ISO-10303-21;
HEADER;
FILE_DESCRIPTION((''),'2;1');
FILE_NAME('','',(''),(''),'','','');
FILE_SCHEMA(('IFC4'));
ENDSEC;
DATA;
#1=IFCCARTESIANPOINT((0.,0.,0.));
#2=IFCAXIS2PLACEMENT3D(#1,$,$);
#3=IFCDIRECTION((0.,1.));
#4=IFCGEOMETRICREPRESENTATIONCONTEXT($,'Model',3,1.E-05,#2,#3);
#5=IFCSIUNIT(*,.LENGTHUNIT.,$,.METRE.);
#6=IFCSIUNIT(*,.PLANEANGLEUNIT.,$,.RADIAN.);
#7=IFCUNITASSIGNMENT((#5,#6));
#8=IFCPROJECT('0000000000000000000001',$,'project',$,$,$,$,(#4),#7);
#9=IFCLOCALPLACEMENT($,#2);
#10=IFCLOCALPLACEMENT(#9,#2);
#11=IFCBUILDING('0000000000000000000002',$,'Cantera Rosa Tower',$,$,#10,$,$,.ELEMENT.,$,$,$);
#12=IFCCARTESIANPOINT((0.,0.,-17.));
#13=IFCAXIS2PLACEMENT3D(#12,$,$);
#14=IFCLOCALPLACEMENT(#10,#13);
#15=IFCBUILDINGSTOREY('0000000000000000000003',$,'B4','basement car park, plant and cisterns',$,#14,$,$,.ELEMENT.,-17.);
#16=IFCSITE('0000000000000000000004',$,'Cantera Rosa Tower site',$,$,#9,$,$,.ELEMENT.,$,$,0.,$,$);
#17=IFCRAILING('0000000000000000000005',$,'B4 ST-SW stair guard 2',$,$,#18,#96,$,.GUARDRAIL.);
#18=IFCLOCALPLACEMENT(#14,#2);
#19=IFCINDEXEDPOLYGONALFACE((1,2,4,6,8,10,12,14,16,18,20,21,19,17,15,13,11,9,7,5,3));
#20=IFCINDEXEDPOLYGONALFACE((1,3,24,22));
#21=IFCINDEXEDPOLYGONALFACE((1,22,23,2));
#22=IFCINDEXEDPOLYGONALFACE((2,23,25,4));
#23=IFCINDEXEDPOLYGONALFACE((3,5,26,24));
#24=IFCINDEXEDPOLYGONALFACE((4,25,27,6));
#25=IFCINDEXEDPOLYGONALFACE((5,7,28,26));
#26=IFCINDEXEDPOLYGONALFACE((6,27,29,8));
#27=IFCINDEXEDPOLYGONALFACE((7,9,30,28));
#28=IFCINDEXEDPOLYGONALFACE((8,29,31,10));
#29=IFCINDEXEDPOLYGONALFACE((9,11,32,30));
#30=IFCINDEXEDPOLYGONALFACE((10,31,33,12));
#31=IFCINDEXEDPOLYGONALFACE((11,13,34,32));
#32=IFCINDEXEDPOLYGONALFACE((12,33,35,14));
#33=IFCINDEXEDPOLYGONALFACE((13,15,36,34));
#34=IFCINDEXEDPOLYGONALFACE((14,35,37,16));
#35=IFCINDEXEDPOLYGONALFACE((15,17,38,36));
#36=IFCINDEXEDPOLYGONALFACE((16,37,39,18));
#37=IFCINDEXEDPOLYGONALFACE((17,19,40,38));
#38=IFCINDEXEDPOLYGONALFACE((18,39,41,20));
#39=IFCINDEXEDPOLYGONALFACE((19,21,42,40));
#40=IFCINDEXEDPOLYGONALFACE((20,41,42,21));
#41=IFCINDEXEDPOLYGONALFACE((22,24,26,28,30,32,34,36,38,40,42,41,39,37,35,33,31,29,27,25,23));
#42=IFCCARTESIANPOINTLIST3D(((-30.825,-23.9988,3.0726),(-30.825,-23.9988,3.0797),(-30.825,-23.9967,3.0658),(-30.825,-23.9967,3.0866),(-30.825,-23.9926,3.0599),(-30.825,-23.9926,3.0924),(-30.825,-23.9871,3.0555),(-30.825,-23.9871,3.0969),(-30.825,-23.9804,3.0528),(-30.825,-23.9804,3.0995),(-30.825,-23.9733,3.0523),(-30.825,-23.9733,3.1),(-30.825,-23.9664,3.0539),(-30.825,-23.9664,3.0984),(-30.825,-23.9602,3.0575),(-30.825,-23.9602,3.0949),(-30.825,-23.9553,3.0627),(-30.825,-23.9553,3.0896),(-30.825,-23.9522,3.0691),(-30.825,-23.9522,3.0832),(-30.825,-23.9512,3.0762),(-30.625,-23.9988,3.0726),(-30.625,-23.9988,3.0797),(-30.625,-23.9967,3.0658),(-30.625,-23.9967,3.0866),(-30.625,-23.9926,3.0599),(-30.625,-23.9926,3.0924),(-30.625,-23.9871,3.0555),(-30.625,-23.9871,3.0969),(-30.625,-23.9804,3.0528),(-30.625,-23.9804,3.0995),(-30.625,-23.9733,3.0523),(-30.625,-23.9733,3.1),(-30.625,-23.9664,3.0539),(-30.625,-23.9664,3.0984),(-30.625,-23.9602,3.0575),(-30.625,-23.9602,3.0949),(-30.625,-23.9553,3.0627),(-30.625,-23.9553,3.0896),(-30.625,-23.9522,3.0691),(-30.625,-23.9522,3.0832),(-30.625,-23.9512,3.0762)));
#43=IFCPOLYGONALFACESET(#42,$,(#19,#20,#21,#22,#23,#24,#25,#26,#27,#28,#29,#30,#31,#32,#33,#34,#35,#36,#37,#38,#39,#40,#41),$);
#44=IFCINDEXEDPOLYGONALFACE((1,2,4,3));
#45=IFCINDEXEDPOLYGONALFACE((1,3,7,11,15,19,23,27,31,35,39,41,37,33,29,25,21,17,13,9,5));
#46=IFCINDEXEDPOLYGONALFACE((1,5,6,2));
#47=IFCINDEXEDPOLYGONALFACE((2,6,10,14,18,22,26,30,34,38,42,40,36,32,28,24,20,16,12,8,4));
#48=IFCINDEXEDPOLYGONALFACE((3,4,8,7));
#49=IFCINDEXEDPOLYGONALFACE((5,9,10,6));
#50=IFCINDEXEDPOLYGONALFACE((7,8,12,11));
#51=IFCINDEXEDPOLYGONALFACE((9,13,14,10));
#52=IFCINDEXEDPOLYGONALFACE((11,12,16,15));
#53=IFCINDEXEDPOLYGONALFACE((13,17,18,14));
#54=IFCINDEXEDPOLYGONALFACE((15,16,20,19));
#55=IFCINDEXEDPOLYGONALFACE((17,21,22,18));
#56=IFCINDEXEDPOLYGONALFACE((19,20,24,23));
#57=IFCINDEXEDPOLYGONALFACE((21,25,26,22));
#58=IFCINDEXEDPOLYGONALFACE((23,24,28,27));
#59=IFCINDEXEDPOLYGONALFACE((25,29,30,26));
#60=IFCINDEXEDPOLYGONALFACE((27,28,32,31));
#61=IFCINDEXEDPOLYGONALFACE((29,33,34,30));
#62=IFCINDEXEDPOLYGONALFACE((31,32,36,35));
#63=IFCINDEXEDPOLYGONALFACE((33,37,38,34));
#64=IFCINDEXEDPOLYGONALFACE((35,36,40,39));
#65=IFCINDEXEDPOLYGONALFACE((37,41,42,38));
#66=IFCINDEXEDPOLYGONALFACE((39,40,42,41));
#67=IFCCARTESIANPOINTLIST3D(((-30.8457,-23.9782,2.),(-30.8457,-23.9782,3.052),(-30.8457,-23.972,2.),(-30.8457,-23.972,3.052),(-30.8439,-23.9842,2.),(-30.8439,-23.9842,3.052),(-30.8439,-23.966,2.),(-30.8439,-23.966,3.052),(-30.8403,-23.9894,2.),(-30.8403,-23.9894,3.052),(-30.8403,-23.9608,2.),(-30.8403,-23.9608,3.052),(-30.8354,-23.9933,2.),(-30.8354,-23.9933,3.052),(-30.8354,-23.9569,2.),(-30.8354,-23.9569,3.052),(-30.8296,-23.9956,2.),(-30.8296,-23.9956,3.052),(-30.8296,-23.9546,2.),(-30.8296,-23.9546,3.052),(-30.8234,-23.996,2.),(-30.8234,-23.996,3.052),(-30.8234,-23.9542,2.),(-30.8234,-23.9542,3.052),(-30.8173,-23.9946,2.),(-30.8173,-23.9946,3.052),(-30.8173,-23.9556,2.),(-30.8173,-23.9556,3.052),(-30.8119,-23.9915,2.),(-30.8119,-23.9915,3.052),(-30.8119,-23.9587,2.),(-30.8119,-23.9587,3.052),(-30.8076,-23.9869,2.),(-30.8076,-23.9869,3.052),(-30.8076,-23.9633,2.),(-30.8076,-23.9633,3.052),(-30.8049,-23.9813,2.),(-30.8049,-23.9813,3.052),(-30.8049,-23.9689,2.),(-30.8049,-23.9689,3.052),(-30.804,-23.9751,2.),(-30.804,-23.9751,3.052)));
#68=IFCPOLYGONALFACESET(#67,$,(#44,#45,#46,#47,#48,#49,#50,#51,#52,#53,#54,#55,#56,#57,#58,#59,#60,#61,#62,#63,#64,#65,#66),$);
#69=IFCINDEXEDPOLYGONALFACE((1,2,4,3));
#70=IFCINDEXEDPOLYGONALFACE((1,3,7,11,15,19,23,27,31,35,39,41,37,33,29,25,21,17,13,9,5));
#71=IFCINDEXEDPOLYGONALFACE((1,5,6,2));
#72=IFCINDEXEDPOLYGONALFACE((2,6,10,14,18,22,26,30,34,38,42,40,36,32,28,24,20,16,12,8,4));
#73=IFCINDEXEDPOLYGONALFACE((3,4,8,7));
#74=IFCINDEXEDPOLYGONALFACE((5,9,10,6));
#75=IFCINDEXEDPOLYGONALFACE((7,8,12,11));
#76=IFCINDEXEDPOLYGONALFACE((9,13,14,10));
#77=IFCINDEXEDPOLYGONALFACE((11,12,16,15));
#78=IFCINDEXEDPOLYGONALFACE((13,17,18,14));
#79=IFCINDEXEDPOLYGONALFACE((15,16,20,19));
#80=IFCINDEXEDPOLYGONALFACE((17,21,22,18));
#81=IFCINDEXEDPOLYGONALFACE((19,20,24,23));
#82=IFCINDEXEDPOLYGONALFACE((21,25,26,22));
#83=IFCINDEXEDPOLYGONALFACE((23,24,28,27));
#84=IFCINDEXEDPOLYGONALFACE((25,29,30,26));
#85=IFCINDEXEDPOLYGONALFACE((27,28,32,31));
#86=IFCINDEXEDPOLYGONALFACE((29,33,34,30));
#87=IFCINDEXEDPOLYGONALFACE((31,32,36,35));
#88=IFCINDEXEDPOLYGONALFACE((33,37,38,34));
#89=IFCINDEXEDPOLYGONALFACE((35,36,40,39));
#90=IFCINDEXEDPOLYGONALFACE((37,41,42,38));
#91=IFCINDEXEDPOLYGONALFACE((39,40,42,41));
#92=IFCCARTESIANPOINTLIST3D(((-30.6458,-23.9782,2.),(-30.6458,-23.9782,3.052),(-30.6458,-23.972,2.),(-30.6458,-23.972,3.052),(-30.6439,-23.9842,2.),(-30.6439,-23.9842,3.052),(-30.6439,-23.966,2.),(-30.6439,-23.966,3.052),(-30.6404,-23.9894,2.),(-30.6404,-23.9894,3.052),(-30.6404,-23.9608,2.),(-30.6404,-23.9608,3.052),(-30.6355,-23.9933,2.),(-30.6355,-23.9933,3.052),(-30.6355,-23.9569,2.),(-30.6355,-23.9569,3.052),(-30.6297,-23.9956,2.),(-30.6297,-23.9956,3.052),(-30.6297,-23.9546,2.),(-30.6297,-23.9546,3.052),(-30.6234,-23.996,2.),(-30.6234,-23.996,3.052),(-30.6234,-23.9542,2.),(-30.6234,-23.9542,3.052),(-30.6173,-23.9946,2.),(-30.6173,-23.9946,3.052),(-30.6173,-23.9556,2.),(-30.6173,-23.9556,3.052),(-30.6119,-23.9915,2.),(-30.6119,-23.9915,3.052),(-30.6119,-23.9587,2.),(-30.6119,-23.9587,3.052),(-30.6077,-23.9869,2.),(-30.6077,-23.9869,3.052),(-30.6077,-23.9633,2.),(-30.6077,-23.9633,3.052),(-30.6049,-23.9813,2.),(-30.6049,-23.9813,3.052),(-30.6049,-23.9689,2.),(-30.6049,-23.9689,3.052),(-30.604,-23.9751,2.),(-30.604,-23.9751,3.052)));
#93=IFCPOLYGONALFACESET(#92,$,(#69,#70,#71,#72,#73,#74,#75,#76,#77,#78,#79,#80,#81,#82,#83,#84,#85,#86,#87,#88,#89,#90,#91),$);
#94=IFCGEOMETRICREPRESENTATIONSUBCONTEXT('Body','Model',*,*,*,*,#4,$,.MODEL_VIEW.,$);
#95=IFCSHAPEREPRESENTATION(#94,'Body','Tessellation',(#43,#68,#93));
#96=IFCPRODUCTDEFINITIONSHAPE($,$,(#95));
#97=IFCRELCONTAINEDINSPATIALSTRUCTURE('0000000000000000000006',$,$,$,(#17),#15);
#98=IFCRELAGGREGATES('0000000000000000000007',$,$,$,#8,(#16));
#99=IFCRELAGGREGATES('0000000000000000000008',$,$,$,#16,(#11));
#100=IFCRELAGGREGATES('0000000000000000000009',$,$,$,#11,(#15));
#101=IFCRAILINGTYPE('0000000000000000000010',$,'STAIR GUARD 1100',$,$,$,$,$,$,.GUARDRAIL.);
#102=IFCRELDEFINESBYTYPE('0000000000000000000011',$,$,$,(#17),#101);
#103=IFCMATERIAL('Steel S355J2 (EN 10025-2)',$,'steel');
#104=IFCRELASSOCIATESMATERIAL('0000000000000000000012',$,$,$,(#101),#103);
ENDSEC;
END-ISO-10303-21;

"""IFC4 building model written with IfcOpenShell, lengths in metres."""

from ifc_helpers import new_model, si_unit, direction, frame, origin, origin_2d, place, context, subcontext, project, spatial, circle, extrude, material, type_object, element, save


model = new_model("IFC4")

# Units and contexts
model_context = context("Model", 3, precision=1e-05, world=origin(), true_north=direction((0.0, 1.0)))
body_context = subcontext(model_context, "Body", "Model", "MODEL_VIEW")
ifc_project = project(units=[si_unit("LENGTHUNIT", "METRE"), si_unit("PLANEANGLEUNIT", "RADIAN")], contexts=[model_context])

# Site, building, storey
site_placement = place(None, origin())
site = spatial("IfcSite", under=ifc_project, at=site_placement, Name="Cantera Rosa Tower site", CompositionType="ELEMENT", RefElevation=0.0)
building_placement = place(site_placement, origin())
building = spatial("IfcBuilding", under=site, at=building_placement, Name="Cantera Rosa Tower", CompositionType="ELEMENT")
storey_placement = place(building_placement, frame((0.0, 0.0, -17.0)))
storey = spatial("IfcBuildingStorey", under=building, at=storey_placement, Name="B4", Description="basement car park, plant and cisterns", CompositionType="ELEMENT", Elevation=-17.0)

# Railing
ifc_material_1 = material(Name="Steel S355J2 (EN 10025-2)", Category="steel")
railing_type_1 = type_object("IfcRailingType", Name="STAIR GUARD 1100", PredefinedType="GUARDRAIL", material=ifc_material_1)
railing_1_placement = place(storey_placement, frame((-30.825, -23.9751, 2.0)))
element("IfcRailing", 1, at=railing_1_placement, inside=storey, type_object=railing_type_1, Name="B4 ST-SW stair guard 2", PredefinedType="GUARDRAIL", context=body_context, shape_type="SweptSolid", body=[
    extrude(circle(Radius=0.0239, at=origin_2d()), frame((0.0, 0.0, 1.0762), z_axis=(1.0, 0.0, 0.0), x_axis=(0.0, 1.0, 0.0)), (0.0, 0.0, 1.0), 0.2),
    extrude(circle(Radius=0.021, at=origin_2d()), origin(), (0.0, 0.0, 1.0), 1.052),
    extrude(circle(Radius=0.021, at=origin_2d()), frame((0.2, 0.0, 0.0)), (0.0, 0.0, 1.0), 1.052),
])

save(model, "model.ifc")
